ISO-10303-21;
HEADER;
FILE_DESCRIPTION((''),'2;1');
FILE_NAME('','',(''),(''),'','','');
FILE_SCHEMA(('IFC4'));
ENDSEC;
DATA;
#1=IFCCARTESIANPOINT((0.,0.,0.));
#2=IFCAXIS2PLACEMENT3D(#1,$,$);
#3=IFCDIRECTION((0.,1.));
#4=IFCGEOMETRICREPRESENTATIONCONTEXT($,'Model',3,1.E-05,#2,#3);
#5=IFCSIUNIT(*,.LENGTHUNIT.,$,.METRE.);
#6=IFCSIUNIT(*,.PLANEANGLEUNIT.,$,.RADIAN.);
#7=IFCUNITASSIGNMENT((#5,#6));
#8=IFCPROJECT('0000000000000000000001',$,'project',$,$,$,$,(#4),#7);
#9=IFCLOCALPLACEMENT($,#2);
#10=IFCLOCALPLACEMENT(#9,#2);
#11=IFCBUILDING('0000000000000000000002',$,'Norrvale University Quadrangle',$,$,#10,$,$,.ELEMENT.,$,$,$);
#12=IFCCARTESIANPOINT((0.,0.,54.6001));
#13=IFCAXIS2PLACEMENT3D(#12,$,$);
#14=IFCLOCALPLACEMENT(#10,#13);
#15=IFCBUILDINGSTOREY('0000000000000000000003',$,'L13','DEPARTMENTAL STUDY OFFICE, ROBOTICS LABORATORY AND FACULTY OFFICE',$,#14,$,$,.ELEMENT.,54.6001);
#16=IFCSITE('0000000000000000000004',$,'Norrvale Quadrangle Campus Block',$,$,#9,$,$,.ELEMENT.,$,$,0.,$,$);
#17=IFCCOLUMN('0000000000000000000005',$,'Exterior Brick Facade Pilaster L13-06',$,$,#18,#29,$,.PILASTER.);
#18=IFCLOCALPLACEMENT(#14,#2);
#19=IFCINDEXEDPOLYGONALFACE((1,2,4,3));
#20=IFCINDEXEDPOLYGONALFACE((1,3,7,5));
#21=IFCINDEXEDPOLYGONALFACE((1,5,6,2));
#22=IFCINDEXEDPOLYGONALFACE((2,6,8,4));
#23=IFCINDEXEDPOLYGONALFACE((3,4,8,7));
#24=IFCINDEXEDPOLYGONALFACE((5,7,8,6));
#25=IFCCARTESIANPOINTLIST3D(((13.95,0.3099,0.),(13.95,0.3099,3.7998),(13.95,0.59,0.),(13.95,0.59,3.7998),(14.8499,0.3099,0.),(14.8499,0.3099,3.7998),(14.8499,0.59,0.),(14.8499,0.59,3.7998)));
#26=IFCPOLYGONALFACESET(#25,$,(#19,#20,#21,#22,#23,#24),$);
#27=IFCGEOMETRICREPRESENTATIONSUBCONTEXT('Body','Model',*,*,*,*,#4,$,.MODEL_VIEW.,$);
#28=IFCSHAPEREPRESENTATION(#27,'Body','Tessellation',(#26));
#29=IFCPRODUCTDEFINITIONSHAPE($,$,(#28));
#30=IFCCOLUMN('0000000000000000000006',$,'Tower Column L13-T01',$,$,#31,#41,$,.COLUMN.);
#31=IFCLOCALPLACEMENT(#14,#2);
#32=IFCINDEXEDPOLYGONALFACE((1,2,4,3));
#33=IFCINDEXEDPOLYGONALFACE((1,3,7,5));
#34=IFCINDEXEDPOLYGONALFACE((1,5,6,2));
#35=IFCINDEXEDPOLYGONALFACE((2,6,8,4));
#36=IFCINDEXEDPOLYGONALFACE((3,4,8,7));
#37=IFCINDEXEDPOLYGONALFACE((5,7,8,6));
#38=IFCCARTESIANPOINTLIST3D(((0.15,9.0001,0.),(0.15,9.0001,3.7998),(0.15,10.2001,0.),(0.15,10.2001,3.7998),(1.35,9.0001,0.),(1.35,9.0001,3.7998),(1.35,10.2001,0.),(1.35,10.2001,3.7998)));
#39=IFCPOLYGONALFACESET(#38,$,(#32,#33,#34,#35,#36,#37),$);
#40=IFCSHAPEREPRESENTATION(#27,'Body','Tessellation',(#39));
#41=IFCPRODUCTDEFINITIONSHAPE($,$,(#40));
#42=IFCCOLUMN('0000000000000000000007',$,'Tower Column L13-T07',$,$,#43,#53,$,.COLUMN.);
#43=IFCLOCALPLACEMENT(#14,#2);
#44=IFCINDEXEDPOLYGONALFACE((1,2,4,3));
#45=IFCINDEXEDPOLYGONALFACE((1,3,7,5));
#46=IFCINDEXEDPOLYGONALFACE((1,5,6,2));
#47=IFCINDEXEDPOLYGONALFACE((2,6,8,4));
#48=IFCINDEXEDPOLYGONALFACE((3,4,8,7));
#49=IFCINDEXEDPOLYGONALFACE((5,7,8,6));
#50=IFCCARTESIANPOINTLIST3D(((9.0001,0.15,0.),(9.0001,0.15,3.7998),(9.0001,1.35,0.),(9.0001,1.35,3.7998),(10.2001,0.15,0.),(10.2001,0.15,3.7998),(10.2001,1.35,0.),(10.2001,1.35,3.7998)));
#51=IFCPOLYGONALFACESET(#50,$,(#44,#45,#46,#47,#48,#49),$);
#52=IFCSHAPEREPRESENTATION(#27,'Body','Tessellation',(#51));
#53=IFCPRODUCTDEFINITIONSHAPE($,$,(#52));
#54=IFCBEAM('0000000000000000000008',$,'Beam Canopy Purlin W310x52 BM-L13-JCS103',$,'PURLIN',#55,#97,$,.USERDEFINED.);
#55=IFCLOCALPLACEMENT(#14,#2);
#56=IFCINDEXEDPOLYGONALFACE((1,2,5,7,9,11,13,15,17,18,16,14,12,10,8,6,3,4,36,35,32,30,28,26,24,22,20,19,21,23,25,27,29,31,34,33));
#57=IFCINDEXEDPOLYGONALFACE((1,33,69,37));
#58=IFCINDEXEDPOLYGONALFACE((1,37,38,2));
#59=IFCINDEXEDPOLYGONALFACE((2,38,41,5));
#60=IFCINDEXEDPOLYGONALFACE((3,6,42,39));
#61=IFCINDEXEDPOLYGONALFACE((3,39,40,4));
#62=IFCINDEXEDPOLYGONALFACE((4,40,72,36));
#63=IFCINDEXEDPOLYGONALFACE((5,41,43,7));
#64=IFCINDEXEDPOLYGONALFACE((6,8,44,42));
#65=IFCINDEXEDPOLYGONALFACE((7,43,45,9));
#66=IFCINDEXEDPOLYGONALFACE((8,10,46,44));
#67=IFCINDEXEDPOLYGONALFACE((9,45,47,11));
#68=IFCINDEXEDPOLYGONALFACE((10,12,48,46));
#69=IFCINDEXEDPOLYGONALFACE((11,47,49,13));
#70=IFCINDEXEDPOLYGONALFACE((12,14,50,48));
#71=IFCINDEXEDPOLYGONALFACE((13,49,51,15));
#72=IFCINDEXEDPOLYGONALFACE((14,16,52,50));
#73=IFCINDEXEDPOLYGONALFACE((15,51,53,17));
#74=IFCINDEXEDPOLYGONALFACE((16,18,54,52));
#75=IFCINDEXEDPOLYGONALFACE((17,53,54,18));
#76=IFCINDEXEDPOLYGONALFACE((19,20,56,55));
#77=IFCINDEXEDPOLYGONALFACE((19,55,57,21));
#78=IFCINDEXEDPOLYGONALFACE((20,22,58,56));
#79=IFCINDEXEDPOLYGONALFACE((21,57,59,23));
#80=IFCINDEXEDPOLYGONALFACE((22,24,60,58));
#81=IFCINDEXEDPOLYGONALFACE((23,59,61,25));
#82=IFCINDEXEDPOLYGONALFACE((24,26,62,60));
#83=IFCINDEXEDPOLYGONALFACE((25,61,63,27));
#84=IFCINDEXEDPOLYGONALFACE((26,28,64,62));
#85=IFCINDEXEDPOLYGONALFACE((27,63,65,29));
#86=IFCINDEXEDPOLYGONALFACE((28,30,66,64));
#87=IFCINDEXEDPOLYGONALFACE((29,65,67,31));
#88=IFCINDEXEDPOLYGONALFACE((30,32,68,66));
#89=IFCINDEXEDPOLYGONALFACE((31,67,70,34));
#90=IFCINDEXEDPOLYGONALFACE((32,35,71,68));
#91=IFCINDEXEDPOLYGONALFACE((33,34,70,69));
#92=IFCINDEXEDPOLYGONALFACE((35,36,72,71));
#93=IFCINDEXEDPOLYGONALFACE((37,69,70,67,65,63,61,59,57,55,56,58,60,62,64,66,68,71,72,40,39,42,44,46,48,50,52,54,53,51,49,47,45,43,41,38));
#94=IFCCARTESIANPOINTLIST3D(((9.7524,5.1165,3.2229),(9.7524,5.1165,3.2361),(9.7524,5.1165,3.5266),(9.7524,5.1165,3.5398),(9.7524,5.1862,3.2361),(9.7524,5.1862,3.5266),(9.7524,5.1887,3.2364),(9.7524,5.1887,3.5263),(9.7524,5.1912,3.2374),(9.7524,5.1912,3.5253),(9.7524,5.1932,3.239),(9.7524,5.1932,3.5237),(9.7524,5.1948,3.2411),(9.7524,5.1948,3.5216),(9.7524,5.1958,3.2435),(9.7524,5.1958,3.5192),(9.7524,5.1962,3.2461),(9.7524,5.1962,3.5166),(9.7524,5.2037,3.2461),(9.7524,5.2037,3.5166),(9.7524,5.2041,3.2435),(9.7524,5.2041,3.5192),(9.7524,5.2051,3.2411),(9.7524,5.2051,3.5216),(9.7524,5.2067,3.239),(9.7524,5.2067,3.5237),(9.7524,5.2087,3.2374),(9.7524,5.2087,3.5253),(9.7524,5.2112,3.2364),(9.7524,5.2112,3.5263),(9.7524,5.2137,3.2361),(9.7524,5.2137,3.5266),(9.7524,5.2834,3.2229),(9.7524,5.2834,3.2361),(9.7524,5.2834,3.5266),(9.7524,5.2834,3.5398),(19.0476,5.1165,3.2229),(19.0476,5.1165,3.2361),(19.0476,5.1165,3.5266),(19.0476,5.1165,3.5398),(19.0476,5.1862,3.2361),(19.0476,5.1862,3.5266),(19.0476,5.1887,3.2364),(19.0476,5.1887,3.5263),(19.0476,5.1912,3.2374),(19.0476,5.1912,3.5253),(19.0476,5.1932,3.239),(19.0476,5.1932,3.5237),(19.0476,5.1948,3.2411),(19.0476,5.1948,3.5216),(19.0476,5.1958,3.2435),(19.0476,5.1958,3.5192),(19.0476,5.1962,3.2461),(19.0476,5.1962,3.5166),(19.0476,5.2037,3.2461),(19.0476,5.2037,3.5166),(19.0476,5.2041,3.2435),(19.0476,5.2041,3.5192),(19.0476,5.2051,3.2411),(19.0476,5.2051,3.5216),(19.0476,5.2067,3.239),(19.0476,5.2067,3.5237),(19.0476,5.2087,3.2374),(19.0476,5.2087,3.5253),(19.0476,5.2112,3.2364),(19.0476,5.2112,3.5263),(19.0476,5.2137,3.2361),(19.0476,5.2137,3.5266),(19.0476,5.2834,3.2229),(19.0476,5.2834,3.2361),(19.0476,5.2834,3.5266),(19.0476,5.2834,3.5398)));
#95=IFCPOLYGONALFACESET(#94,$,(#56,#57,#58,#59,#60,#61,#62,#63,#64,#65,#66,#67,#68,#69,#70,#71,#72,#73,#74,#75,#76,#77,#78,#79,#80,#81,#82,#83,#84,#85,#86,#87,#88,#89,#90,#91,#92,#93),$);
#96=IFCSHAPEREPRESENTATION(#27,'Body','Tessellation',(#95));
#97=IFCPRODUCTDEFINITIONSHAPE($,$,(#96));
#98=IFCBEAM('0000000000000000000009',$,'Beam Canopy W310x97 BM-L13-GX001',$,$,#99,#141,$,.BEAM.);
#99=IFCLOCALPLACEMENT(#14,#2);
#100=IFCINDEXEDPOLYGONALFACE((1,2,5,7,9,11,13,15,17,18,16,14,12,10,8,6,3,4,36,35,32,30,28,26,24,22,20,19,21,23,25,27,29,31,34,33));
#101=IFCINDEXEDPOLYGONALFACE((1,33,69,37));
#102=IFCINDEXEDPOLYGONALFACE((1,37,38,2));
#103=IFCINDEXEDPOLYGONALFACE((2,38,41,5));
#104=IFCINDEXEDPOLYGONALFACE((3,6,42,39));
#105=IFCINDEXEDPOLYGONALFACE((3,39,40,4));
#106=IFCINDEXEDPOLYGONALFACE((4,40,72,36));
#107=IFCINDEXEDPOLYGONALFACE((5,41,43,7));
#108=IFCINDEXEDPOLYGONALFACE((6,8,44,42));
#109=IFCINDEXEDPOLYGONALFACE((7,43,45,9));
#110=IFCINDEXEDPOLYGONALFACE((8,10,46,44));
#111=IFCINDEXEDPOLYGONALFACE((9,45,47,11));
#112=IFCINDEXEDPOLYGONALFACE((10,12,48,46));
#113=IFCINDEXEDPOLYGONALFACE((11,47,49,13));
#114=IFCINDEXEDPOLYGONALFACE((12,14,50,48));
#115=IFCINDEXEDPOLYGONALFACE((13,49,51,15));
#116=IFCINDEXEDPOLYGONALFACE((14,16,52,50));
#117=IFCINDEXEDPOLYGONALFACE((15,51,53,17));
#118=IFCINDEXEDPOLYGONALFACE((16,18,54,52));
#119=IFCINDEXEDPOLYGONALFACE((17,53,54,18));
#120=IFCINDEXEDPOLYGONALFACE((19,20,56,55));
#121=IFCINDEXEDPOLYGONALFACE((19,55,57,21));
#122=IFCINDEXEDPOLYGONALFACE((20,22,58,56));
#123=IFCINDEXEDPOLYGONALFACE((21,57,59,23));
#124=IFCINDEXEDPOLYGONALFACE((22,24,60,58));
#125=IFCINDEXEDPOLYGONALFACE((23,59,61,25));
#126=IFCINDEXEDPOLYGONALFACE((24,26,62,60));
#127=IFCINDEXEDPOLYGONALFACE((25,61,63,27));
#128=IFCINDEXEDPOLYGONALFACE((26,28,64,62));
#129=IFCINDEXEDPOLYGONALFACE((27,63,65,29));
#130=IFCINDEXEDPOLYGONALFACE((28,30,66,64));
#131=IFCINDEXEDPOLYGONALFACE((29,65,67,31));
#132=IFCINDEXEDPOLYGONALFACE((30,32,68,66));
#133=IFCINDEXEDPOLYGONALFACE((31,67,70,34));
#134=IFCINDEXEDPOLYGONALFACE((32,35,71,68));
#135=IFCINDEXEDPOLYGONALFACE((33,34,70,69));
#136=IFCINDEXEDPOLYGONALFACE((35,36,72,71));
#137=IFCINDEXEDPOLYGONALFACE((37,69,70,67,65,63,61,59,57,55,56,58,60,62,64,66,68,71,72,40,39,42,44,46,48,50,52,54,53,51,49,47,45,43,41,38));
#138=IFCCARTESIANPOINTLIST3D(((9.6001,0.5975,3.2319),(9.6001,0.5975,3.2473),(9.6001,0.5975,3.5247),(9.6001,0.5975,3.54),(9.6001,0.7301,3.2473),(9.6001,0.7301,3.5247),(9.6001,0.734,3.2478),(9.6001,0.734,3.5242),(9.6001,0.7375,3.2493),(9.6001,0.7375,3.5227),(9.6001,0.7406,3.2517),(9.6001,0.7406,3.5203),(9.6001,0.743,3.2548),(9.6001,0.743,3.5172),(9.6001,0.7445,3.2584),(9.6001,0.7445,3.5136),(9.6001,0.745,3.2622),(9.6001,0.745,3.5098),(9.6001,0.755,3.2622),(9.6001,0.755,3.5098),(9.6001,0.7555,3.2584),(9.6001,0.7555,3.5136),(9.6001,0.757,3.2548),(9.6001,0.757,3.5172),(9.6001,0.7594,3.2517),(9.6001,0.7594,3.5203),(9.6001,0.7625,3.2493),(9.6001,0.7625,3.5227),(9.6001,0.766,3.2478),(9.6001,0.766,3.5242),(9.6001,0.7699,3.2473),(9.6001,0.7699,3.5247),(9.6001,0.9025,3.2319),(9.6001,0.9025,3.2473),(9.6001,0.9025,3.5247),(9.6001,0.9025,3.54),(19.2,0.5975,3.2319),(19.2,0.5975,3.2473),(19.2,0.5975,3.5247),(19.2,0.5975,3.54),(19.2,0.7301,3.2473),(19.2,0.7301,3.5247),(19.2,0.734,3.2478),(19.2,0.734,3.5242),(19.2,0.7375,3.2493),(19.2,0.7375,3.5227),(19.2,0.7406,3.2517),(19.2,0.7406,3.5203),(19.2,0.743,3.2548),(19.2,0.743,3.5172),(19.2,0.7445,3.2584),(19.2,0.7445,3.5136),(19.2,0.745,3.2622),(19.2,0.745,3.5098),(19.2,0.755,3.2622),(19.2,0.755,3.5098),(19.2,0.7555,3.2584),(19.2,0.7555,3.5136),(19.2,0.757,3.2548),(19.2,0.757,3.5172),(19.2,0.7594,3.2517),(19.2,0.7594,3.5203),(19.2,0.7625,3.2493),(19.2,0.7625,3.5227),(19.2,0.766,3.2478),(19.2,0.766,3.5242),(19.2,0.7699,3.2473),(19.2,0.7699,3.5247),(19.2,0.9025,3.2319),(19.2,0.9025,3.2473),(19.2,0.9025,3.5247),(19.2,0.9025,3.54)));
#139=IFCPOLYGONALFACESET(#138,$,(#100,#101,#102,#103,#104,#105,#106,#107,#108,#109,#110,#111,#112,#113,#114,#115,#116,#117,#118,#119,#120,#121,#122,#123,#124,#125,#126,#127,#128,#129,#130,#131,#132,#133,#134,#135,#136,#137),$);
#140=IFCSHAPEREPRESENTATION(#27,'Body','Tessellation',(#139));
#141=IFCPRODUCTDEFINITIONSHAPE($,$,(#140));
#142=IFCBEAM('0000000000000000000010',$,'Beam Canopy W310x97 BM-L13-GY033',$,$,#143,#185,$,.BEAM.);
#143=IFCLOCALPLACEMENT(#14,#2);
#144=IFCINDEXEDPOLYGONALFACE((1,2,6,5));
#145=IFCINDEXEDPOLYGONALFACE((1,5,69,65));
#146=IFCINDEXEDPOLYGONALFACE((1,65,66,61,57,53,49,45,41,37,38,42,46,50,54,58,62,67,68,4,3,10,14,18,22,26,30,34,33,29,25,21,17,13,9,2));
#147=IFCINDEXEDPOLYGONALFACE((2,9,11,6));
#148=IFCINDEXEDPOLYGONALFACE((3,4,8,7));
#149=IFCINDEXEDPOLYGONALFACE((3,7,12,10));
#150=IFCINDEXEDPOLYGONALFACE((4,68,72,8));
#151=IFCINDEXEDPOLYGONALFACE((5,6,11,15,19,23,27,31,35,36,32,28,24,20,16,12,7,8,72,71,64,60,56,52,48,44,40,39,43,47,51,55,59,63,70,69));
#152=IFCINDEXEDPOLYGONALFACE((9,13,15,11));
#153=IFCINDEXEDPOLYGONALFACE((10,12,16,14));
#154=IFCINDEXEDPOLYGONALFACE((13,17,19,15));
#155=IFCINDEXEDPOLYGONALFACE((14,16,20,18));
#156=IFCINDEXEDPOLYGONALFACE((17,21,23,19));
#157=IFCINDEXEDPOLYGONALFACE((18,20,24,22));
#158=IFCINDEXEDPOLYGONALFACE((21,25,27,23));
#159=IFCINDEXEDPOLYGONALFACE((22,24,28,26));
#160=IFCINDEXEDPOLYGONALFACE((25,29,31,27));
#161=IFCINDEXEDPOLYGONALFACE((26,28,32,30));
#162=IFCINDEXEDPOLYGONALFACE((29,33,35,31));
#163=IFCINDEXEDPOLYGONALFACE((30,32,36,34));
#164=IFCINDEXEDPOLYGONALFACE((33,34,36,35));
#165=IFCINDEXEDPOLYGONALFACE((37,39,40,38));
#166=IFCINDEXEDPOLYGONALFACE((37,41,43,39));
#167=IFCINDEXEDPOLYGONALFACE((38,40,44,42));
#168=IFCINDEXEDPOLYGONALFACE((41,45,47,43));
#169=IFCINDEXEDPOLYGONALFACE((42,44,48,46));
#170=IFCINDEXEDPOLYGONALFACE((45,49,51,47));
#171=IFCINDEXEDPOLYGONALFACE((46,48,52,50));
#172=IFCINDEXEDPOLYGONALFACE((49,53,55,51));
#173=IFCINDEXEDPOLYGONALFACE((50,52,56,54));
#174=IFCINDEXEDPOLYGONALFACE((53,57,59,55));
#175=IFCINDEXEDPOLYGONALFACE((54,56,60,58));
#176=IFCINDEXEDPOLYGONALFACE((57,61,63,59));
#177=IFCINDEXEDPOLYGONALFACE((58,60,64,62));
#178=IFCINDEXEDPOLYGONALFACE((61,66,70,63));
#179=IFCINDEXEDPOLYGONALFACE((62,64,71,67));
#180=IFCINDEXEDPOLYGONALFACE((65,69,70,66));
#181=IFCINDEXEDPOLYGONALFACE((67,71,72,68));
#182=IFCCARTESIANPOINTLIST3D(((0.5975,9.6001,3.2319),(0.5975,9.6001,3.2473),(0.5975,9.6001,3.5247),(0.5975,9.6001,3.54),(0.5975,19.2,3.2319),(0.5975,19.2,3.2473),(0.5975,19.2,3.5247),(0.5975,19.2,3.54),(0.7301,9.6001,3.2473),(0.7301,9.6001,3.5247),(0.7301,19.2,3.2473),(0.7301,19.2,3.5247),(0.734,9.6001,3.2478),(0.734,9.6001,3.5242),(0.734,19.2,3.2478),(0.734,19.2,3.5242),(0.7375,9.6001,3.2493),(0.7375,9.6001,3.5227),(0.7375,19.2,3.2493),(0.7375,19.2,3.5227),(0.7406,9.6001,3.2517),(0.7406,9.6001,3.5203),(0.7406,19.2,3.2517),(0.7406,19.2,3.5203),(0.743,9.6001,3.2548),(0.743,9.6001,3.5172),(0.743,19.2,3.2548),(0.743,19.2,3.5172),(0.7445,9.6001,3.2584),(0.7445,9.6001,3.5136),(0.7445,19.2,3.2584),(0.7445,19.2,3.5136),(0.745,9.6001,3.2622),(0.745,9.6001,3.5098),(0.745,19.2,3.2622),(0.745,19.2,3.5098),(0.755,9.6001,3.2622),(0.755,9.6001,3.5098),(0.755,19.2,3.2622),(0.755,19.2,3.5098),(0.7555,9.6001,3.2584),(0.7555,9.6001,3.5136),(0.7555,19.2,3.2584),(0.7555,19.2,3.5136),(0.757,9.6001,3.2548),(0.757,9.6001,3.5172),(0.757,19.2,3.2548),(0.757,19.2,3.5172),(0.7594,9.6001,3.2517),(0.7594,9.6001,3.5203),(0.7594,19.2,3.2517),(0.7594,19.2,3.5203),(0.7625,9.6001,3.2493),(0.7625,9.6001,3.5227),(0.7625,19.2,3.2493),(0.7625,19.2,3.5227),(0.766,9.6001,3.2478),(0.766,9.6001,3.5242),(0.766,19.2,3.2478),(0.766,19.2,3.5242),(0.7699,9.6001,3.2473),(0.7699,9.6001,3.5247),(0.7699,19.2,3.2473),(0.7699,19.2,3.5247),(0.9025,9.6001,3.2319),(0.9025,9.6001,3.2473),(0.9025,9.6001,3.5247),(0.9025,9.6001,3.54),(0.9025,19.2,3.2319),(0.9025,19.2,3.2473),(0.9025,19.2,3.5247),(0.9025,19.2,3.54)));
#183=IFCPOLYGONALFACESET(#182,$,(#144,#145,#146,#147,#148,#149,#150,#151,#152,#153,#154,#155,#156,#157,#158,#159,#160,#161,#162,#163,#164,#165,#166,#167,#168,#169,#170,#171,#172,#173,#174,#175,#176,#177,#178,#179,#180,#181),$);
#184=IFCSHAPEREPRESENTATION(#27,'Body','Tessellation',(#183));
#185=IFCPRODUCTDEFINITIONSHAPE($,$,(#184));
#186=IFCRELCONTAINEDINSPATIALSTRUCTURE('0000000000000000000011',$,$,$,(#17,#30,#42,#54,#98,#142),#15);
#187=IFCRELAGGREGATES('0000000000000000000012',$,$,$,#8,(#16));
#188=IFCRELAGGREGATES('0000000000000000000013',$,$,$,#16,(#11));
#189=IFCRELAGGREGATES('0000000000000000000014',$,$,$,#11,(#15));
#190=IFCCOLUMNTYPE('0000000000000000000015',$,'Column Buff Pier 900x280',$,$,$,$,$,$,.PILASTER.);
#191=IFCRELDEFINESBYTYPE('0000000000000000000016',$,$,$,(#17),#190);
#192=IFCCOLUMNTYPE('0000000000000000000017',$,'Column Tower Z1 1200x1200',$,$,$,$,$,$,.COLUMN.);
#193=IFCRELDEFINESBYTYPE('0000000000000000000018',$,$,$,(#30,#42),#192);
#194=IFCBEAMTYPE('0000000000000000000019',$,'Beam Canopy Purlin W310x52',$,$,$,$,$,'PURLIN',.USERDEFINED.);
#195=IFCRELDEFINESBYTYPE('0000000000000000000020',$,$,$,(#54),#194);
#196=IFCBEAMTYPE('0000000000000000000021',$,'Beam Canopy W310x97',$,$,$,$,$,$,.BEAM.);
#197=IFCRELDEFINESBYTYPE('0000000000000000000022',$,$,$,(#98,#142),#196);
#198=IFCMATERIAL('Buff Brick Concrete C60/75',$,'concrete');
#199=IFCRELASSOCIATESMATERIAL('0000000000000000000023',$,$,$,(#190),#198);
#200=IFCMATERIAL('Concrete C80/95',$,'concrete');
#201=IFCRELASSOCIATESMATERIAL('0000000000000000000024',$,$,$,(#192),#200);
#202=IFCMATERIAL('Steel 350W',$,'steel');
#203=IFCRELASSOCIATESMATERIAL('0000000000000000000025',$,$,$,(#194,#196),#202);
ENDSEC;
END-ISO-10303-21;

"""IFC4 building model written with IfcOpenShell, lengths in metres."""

from ifc_helpers import new_model, si_unit, direction, frame, origin, origin_2d, place, context, subcontext, project, spatial, rectangle, i_section, extrude, material, material_profile, profile_set, type_object, element, save


model = new_model("IFC4")

# Units and contexts
model_context = context("Model", 3, precision=1e-05, world=origin(), true_north=direction((0.0, 1.0)))
body_context = subcontext(model_context, "Body", "Model", "MODEL_VIEW")
ifc_project = project(units=[si_unit("LENGTHUNIT", "METRE"), si_unit("PLANEANGLEUNIT", "RADIAN")], contexts=[model_context])

# Site, building, storey
site_placement = place(None, origin())
site = spatial("IfcSite", under=ifc_project, at=site_placement, Name="Norrvale Quadrangle Campus Block", CompositionType="ELEMENT", RefElevation=0.0)
building_placement = place(site_placement, origin())
building = spatial("IfcBuilding", under=site, at=building_placement, Name="Norrvale University Quadrangle", CompositionType="ELEMENT")
storey_placement = place(building_placement, frame((0.0, 0.0, 54.6001)))
storey = spatial("IfcBuildingStorey", under=building, at=storey_placement, Name="L13", Description="DEPARTMENTAL STUDY OFFICE, ROBOTICS LABORATORY AND FACULTY OFFICE", CompositionType="ELEMENT", Elevation=54.6001)

# Columns
ifc_material_1 = material(Name="Buff Brick Concrete C60/75", Category="concrete")
ifc_material_profile_1 = material_profile(ifc_material_1, rectangle(XDim=0.8999, YDim=0.28, at=origin_2d()), Name="Buff Brick Concrete C60/75")
ifc_profile_set_1 = profile_set([ifc_material_profile_1], Name="Buff Brick Concrete C60/75")
column_type_1 = type_object("IfcColumnType", Name="Column Buff Pier 900x280", PredefinedType="PILASTER", material=ifc_profile_set_1)
column_placement = place(storey_placement, frame((14.3999, 0.45, 0.0), z_axis=(0.0, 0.0, 1.0), x_axis=(1.0, 0.0, 0.0)))
element("IfcColumn", 1, at=column_placement, inside=storey, type_object=column_type_1, Name="Exterior Brick Facade Pilaster L13-06", PredefinedType="PILASTER", context=body_context, shape_type="SweptSolid", body=[
    extrude(rectangle(XDim=0.8999, YDim=0.28, at=origin_2d()), origin(), (0.0, 0.0, 1.0), 3.7998),
])
ifc_material_2 = material(Name="Concrete C80/95", Category="concrete")
ifc_material_profile_2 = material_profile(ifc_material_2, rectangle(XDim=1.2, YDim=1.2, at=origin_2d()), Name="Concrete C80/95")
ifc_profile_set_2 = profile_set([ifc_material_profile_2], Name="Concrete C80/95")
column_type_2 = type_object("IfcColumnType", Name="Column Tower Z1 1200x1200", PredefinedType="COLUMN", material=ifc_profile_set_2)
for number, where, z_axis, x_axis, name in (
    (2, (0.75, 9.6001, 0.0), (0.0, 0.0, 1.0), (1.0, 0.0, 0.0), "Tower Column L13-T01"),
    (3, (9.6001, 0.75, 0.0), (0.0, 0.0, 1.0), (1.0, 0.0, 0.0), "Tower Column L13-T07"),
):
    element("IfcColumn", number, at=place(storey_placement, frame(where, z_axis=z_axis, x_axis=x_axis)), inside=storey, type_object=column_type_2, Name=name, PredefinedType="COLUMN", context=body_context, shape_type="SweptSolid", body=[
        extrude(rectangle(XDim=1.2, YDim=1.2, at=origin_2d()), origin(), (0.0, 0.0, 1.0), 3.7998),
    ])

# Beams
ifc_material_3 = material(Name="Steel 350W", Category="steel")
ifc_material_profile_3 = material_profile(ifc_material_3, i_section(OverallWidth=0.167, OverallDepth=0.3169, WebThickness=0.0076, FlangeThickness=0.0132, FilletRadius=0.01, at=origin_2d()), Name="Steel 350W")
ifc_profile_set_3 = profile_set([ifc_material_profile_3], Name="Steel 350W")
beam_type_1 = type_object("IfcBeamType", Name="Beam Canopy Purlin W310x52", ElementType="PURLIN", PredefinedType="USERDEFINED", material=ifc_profile_set_3)
beam_1_placement = place(storey_placement, frame((9.7524, 5.2, 3.3813), z_axis=(1.0, 0.0, 0.0), x_axis=(0.0, 1.0, 0.0)))
element("IfcBeam", 4, at=beam_1_placement, inside=storey, type_object=beam_type_1, Name="Beam Canopy Purlin W310x52 BM-L13-JCS103", ObjectType="PURLIN", PredefinedType="USERDEFINED", context=body_context, shape_type="SweptSolid", body=[
    extrude(i_section(OverallWidth=0.167, OverallDepth=0.3169, WebThickness=0.0076, FlangeThickness=0.0132, FilletRadius=0.01, at=origin_2d()), origin(), (0.0, 0.0, 1.0), 9.2952),
])
ifc_material_profile_4 = material_profile(ifc_material_3, i_section(OverallWidth=0.3049, OverallDepth=0.3081, WebThickness=0.01, FlangeThickness=0.0154, FilletRadius=0.0149, at=origin_2d()), Name="Steel 350W")
ifc_profile_set_4 = profile_set([ifc_material_profile_4], Name="Steel 350W")
beam_type_2 = type_object("IfcBeamType", Name="Beam Canopy W310x97", PredefinedType="BEAM", material=ifc_profile_set_4)
for number, where, z_axis, x_axis, name in (
    (5, (9.6001, 0.75, 3.386), (1.0, 0.0, 0.0), (0.0, 1.0, 0.0), "Beam Canopy W310x97 BM-L13-GX001"),
    (6, (0.75, 9.6001, 3.386), (0.0, 1.0, 0.0), (-1.0, 0.0, 0.0), "Beam Canopy W310x97 BM-L13-GY033"),
):
    element("IfcBeam", number, at=place(storey_placement, frame(where, z_axis=z_axis, x_axis=x_axis)), inside=storey, type_object=beam_type_2, Name=name, PredefinedType="BEAM", context=body_context, shape_type="SweptSolid", body=[
        extrude(i_section(OverallWidth=0.3049, OverallDepth=0.3081, WebThickness=0.01, FlangeThickness=0.0154, FilletRadius=0.0149, at=origin_2d()), origin(), (0.0, 0.0, 1.0), 9.5999),
    ])

save(model, "model.ifc")
